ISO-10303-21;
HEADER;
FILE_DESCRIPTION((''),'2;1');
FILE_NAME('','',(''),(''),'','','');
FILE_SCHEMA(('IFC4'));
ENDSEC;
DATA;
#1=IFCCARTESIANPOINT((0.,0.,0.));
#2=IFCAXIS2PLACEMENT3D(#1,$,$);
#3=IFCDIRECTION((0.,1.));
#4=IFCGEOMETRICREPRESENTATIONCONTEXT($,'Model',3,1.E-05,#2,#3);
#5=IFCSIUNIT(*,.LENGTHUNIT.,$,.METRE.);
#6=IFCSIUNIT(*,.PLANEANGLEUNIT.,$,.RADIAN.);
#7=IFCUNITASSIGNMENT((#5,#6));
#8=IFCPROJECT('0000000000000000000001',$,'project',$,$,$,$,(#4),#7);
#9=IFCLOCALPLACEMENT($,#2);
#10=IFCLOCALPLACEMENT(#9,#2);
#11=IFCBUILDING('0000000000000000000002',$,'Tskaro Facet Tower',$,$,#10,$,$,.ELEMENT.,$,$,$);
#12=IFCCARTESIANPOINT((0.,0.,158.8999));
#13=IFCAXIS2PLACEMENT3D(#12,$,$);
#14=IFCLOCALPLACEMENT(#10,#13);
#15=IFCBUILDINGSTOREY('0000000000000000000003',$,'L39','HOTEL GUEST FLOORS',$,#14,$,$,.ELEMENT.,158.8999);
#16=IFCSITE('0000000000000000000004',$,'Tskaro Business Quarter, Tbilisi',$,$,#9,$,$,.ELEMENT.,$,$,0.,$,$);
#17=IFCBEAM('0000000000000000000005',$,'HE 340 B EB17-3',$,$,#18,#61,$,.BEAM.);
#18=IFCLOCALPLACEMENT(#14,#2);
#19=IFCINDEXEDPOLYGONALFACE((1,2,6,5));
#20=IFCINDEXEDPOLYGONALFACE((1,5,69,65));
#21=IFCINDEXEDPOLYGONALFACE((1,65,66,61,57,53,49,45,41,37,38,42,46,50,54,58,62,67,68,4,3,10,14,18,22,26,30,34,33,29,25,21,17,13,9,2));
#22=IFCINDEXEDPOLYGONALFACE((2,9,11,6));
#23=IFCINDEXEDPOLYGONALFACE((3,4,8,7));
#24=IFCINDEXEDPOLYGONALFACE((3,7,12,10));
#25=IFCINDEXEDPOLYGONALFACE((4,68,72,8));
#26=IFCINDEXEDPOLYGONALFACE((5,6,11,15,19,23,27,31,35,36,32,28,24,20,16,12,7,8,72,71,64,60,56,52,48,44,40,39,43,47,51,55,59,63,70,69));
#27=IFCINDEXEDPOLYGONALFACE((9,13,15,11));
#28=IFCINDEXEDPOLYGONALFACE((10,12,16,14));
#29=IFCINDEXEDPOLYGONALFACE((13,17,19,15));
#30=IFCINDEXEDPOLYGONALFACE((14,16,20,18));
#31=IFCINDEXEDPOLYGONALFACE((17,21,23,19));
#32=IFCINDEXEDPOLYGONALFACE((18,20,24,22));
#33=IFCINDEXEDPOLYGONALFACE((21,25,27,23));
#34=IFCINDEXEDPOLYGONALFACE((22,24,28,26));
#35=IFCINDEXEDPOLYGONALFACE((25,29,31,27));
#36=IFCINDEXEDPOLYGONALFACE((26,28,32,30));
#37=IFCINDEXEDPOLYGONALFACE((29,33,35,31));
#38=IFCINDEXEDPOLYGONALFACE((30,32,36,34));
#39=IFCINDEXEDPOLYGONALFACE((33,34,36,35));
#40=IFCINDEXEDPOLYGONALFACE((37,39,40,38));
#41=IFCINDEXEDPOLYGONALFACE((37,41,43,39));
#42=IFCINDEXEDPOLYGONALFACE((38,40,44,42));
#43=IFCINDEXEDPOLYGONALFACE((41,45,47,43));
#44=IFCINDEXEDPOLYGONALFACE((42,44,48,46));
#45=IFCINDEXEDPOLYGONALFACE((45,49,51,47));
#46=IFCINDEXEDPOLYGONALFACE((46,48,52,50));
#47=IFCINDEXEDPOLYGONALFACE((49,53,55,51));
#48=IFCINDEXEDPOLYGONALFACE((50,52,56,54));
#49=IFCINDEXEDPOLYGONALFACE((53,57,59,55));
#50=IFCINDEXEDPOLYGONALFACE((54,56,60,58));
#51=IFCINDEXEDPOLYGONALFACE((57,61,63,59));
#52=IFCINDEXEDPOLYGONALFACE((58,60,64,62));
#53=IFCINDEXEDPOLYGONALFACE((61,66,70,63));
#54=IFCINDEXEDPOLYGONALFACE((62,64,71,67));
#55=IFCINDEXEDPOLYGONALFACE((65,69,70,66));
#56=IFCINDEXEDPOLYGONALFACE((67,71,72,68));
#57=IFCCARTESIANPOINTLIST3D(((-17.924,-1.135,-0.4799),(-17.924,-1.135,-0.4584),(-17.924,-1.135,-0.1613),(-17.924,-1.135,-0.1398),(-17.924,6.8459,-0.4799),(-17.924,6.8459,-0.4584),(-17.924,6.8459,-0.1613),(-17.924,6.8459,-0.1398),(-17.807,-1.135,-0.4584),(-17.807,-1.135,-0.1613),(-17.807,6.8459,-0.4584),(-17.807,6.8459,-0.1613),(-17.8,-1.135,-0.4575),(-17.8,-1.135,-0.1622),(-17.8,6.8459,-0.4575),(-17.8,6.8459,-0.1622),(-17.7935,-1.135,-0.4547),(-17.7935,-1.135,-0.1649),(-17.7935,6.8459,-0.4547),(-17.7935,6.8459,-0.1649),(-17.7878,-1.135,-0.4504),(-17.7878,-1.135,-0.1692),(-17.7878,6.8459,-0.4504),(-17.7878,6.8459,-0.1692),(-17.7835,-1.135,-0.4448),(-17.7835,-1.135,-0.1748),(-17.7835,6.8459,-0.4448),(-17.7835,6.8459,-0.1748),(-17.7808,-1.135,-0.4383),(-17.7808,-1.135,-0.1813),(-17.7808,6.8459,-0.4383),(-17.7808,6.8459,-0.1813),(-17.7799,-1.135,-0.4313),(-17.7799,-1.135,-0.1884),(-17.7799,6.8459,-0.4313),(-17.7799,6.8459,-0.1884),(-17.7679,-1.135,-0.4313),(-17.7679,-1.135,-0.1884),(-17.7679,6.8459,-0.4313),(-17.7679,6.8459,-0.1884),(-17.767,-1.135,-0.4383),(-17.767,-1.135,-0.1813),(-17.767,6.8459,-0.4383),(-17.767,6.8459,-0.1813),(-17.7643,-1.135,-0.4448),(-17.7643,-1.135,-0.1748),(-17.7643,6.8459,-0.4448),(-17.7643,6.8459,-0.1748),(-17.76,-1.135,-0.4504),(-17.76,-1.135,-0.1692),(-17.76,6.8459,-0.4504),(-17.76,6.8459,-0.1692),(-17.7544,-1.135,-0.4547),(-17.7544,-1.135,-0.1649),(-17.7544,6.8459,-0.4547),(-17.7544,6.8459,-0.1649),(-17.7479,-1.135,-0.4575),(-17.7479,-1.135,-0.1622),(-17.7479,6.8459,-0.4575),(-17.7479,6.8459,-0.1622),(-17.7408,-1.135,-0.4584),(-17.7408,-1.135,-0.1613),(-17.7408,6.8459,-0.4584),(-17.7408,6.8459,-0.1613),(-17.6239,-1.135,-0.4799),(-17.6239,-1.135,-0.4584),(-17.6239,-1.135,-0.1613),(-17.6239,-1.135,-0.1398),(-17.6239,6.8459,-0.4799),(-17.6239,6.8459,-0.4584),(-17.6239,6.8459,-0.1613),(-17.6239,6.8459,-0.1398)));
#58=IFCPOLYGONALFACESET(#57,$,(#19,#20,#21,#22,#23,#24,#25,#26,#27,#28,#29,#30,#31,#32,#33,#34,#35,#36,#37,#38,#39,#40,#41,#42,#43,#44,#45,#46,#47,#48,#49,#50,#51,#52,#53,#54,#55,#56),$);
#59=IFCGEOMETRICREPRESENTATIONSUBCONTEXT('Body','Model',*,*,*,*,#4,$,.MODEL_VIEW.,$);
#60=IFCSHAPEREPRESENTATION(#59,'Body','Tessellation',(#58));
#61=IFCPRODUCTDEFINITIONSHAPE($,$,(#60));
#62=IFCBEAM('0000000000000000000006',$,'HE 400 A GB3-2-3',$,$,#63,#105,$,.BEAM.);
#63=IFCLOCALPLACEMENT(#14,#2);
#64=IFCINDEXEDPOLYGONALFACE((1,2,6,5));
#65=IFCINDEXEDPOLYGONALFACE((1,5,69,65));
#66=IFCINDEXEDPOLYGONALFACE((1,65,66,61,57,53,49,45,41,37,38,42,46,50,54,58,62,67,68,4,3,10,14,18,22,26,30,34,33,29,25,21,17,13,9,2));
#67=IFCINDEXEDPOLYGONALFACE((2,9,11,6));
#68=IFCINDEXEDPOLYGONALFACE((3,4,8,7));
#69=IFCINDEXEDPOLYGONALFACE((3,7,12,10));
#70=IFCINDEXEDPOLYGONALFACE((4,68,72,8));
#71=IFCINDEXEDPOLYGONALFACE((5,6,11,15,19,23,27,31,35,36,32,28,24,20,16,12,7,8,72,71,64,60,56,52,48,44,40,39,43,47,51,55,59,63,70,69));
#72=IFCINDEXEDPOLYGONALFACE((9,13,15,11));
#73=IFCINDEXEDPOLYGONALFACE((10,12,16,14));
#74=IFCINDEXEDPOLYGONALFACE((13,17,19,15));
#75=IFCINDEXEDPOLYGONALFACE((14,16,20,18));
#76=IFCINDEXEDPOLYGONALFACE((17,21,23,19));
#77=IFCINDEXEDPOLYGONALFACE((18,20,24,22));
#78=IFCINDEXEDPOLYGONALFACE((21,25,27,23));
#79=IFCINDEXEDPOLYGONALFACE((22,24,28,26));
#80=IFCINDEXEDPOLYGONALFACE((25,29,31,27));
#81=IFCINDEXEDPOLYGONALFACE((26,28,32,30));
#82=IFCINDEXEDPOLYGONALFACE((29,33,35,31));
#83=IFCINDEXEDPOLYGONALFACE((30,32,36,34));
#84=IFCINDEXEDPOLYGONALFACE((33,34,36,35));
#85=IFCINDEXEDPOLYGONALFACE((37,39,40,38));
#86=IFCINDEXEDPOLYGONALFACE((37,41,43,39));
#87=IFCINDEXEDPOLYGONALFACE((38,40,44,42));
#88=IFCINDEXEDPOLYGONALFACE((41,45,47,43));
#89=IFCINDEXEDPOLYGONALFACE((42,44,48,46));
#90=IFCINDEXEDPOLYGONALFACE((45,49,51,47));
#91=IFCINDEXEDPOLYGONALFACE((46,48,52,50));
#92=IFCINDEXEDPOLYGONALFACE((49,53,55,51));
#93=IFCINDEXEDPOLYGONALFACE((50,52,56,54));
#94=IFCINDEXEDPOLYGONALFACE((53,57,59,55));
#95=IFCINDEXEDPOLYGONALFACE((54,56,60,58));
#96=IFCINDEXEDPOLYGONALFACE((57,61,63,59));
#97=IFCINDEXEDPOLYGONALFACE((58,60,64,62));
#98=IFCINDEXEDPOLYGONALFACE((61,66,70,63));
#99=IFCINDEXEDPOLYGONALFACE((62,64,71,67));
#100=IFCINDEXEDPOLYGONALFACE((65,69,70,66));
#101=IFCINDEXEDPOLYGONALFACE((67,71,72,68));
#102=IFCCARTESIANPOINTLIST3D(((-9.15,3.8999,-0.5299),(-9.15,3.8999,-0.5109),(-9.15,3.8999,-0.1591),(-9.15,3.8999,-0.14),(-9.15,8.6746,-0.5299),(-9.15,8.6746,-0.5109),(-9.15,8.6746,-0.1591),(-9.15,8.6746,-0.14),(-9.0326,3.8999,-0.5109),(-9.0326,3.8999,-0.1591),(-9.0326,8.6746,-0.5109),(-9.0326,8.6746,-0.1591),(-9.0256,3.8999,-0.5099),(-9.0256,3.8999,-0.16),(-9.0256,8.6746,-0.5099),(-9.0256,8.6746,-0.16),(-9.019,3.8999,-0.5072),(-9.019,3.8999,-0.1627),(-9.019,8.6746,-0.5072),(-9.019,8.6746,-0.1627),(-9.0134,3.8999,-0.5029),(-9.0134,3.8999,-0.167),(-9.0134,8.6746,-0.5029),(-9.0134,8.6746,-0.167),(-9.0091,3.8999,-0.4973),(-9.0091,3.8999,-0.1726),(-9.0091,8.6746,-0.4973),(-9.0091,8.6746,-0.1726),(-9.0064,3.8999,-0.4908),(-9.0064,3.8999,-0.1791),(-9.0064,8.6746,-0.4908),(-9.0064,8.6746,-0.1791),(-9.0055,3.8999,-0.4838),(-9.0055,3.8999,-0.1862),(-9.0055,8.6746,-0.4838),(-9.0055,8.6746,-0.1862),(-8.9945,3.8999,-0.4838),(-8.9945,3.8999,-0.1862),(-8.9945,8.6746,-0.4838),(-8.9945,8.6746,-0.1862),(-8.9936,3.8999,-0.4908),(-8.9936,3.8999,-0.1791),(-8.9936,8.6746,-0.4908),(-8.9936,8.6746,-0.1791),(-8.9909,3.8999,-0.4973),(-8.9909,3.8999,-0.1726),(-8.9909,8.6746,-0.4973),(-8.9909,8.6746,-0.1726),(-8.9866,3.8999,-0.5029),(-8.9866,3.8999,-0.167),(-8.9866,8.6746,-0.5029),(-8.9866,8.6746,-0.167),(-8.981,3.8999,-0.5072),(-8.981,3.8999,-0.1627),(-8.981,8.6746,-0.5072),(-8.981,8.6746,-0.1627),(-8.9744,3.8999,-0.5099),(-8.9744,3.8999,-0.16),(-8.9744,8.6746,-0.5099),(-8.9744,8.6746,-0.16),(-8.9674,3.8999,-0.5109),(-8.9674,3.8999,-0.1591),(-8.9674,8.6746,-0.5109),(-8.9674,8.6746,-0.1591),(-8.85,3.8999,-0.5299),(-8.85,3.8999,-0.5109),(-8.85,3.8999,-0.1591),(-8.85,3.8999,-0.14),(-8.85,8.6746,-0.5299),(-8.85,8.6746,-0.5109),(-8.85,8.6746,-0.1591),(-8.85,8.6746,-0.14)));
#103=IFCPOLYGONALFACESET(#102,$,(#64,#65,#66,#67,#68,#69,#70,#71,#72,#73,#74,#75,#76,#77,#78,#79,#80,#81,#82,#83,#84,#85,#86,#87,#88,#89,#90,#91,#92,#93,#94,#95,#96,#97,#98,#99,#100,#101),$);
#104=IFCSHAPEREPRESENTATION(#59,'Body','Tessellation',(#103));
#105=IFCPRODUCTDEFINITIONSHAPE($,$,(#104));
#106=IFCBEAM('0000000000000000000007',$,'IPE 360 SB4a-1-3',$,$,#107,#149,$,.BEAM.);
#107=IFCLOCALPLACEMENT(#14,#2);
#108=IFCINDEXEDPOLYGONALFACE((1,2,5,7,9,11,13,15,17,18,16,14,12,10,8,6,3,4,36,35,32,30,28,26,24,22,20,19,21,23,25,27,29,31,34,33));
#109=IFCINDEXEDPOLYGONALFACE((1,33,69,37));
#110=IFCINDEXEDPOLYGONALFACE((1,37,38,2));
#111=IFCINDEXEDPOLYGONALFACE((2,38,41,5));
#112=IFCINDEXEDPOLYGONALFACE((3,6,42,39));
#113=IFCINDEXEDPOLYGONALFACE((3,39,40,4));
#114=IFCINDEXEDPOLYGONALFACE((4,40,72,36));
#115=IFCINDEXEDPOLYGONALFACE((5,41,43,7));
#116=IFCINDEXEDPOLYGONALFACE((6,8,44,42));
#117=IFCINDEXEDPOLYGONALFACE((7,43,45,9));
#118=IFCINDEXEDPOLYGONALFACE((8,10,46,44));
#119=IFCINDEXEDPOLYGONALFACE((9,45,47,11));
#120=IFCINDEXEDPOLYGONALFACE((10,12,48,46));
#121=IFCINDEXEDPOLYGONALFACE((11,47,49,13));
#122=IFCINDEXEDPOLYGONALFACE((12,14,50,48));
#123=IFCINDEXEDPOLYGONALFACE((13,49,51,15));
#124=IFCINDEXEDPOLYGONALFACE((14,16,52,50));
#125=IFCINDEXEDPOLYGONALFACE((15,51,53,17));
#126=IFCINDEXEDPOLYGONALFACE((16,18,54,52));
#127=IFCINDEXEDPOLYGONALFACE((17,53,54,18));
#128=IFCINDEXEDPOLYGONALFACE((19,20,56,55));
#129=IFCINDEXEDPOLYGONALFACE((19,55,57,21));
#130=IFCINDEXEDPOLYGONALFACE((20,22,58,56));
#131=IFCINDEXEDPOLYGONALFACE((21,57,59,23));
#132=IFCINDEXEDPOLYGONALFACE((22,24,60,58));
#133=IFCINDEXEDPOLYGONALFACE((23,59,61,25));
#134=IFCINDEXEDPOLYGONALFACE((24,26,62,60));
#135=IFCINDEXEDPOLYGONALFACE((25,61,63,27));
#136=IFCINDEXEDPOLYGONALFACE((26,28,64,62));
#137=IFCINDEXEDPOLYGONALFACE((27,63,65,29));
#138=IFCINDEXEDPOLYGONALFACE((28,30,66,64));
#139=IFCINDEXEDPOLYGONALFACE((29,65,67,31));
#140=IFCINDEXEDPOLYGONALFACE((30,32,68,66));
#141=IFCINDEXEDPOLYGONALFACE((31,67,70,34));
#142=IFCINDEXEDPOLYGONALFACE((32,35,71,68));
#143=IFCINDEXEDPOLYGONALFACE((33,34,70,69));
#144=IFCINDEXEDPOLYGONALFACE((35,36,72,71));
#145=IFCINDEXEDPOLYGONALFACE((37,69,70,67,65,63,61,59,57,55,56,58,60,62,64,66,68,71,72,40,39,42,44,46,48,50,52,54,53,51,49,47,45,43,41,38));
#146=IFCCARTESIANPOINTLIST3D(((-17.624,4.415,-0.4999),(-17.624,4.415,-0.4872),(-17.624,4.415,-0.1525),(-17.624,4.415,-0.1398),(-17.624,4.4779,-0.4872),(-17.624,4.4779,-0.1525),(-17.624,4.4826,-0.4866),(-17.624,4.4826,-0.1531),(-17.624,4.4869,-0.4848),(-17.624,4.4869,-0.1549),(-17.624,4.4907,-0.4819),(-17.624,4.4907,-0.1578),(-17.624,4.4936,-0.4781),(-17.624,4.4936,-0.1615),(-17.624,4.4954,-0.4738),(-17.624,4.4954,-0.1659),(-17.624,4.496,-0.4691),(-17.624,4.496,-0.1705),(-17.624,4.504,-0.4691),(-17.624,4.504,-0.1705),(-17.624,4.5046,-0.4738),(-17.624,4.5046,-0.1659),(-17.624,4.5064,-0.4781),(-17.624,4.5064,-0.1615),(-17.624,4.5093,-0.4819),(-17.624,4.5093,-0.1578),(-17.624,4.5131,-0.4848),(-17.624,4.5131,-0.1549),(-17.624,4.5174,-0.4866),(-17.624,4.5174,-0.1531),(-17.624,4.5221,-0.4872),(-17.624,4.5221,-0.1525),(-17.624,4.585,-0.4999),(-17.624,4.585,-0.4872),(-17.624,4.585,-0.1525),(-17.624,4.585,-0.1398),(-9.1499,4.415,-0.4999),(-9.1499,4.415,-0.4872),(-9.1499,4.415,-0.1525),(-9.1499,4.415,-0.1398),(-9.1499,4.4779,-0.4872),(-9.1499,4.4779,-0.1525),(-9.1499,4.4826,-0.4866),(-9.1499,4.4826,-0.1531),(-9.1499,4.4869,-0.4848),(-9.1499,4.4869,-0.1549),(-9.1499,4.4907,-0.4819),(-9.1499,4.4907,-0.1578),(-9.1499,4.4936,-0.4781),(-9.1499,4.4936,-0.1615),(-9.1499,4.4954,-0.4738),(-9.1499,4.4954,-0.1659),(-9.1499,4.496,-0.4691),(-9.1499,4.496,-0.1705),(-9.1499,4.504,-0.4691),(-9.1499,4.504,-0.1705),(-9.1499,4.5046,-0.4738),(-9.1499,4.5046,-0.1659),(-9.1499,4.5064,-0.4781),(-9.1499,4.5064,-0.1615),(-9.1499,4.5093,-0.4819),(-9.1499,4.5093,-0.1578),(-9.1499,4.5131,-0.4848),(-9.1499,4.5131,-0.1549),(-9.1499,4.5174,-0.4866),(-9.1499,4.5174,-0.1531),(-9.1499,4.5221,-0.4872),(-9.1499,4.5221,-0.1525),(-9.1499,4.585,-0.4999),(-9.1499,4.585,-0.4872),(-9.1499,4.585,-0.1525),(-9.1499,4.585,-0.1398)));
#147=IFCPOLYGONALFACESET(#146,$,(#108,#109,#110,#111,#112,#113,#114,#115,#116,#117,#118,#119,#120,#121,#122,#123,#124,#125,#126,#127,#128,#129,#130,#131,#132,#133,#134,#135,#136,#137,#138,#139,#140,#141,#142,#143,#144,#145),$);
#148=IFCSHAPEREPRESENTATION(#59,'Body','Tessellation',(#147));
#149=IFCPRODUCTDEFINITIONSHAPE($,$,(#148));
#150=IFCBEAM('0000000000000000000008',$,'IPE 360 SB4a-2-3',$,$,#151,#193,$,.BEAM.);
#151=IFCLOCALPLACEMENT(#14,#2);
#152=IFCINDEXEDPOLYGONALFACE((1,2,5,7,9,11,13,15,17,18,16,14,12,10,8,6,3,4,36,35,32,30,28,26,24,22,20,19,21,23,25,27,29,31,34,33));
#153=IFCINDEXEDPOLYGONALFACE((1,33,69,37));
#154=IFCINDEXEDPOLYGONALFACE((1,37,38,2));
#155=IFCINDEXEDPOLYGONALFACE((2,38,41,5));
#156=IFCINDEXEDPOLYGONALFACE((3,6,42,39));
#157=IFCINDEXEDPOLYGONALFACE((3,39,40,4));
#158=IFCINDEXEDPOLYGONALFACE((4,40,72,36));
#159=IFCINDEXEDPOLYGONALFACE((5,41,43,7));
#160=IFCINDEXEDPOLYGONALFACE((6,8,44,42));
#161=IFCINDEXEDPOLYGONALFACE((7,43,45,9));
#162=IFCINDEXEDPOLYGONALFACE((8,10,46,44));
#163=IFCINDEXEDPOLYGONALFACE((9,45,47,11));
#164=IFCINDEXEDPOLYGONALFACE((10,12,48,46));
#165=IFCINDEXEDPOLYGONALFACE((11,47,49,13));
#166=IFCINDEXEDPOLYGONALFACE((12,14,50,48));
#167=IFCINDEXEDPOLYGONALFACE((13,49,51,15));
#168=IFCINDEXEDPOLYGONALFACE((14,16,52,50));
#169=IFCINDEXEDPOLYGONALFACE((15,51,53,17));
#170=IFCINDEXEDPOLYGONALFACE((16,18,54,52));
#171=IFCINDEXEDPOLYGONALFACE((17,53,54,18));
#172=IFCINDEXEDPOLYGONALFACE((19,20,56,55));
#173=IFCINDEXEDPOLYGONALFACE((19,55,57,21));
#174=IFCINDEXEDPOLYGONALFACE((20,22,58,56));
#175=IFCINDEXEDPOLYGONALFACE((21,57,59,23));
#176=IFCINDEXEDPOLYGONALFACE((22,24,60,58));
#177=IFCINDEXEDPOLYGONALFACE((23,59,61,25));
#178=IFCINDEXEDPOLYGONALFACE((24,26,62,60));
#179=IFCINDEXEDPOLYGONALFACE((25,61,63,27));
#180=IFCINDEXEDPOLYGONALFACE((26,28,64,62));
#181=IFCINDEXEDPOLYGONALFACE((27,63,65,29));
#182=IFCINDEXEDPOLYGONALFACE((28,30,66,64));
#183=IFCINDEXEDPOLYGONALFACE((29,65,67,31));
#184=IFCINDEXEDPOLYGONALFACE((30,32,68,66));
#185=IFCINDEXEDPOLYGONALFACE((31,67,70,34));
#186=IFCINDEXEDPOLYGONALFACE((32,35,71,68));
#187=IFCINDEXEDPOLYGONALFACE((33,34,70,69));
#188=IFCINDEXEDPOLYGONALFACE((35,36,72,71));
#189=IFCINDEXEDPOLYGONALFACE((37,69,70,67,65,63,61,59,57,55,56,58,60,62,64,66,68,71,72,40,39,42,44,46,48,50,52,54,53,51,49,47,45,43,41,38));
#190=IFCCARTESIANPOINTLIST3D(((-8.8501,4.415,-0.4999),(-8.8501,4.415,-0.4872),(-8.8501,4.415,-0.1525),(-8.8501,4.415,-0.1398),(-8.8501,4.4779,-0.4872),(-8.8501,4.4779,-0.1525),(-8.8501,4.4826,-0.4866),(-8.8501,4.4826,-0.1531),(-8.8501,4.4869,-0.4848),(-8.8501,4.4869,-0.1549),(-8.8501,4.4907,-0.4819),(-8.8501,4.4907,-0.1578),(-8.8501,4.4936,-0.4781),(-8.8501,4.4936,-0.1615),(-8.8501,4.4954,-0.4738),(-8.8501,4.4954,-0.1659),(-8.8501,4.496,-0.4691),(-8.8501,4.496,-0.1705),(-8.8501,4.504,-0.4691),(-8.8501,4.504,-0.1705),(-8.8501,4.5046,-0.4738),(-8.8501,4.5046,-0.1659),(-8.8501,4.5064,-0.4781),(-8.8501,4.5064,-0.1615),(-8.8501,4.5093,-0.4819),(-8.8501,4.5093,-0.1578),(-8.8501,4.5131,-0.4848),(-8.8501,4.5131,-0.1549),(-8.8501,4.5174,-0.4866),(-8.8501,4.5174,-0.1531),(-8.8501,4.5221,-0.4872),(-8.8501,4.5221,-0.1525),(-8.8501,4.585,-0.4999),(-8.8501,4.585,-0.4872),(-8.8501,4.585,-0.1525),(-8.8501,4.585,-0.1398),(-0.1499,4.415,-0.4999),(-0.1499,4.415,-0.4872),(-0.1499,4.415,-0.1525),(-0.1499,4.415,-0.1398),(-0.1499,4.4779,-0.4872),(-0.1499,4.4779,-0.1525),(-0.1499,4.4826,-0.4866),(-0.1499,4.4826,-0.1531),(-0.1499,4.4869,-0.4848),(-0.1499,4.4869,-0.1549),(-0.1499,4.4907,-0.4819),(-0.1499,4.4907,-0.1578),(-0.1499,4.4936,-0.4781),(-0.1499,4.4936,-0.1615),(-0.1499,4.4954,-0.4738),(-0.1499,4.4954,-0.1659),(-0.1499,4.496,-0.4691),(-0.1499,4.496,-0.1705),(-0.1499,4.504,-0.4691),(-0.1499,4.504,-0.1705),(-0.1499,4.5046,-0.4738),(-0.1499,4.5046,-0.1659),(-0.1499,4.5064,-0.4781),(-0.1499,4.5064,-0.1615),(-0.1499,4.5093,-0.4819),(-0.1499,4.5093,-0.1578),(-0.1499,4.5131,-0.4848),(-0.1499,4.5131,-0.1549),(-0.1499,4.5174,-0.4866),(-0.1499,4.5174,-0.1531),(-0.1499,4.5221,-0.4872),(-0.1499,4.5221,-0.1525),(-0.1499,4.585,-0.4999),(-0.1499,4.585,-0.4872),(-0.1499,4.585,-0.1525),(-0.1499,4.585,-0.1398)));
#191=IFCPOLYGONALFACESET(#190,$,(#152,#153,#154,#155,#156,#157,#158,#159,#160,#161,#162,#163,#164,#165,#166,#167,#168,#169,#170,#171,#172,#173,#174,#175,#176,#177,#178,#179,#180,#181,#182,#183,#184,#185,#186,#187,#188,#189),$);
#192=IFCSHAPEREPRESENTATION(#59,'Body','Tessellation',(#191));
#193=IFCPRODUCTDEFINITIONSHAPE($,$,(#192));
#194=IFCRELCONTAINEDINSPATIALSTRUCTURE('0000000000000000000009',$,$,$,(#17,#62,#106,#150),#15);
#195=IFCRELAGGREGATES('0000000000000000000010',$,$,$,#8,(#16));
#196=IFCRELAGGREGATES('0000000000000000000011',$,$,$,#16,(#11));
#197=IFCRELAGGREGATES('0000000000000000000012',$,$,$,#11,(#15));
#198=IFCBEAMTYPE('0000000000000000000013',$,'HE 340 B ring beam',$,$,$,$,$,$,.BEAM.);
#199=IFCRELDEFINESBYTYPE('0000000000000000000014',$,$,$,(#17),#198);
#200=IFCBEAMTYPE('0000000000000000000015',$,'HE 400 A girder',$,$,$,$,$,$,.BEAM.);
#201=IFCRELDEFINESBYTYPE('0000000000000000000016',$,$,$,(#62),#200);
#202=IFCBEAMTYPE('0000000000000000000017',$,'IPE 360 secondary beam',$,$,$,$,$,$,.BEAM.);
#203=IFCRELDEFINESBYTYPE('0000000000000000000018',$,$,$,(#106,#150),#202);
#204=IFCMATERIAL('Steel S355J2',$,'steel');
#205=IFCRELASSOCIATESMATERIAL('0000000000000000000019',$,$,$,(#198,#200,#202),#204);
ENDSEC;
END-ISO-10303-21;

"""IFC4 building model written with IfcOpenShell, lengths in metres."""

from ifc_helpers import new_model, si_unit, direction, frame, origin, origin_2d, place, context, subcontext, project, spatial, i_section, extrude, material, material_profile, profile_set, type_object, element, save


model = new_model("IFC4")

# Units and contexts
model_context = context("Model", 3, precision=1e-05, world=origin(), true_north=direction((0.0, 1.0)))
body_context = subcontext(model_context, "Body", "Model", "MODEL_VIEW")
ifc_project = project(units=[si_unit("LENGTHUNIT", "METRE"), si_unit("PLANEANGLEUNIT", "RADIAN")], contexts=[model_context])

# Site, building, storey
site_placement = place(None, origin())
site = spatial("IfcSite", under=ifc_project, at=site_placement, Name="Tskaro Business Quarter, Tbilisi", CompositionType="ELEMENT", RefElevation=0.0)
building_placement = place(site_placement, origin())
building = spatial("IfcBuilding", under=site, at=building_placement, Name="Tskaro Facet Tower", CompositionType="ELEMENT")
storey_placement = place(building_placement, frame((0.0, 0.0, 158.8999)))
storey = spatial("IfcBuildingStorey", under=building, at=storey_placement, Name="L39", Description="HOTEL GUEST FLOORS", CompositionType="ELEMENT", Elevation=158.8999)

# Beams
ifc_material_1 = material(Name="Steel S355J2", Category="steel")
ifc_material_profile_1 = material_profile(ifc_material_1, i_section(OverallWidth=0.3, OverallDepth=0.3401, WebThickness=0.012, FlangeThickness=0.0215, FilletRadius=0.0271, at=origin_2d()), Name="HE 340 B")
ifc_profile_set_1 = profile_set([ifc_material_profile_1], Name="Steel S355J2")
beam_type_1 = type_object("IfcBeamType", Name="HE 340 B ring beam", PredefinedType="BEAM", material=ifc_profile_set_1)
beam_1_placement = place(storey_placement, frame((-17.7739, 6.8459, -0.3098), z_axis=(0.0, -1.0, 0.0), x_axis=(1.0, 0.0, 0.0)))
element("IfcBeam", 1, at=beam_1_placement, inside=storey, type_object=beam_type_1, Name="HE 340 B EB17-3", PredefinedType="BEAM", context=body_context, shape_type="SweptSolid", body=[
    extrude(i_section(OverallWidth=0.3, OverallDepth=0.3401, WebThickness=0.012, FlangeThickness=0.0215, FilletRadius=0.0271, at=origin_2d()), origin(), (0.0, 0.0, 1.0), 7.981),
])
ifc_material_profile_2 = material_profile(ifc_material_1, i_section(OverallWidth=0.3, OverallDepth=0.3899, WebThickness=0.011, FlangeThickness=0.019, FilletRadius=0.0271, at=origin_2d()), Name="HE 400 A")
ifc_profile_set_2 = profile_set([ifc_material_profile_2], Name="Steel S355J2")
beam_type_2 = type_object("IfcBeamType", Name="HE 400 A girder", PredefinedType="BEAM", material=ifc_profile_set_2)
beam_2_placement = place(storey_placement, frame((-9.0, 3.8999, -0.335), z_axis=(0.0, 1.0, 0.0), x_axis=(-1.0, 0.0, 0.0)))
element("IfcBeam", 2, at=beam_2_placement, inside=storey, type_object=beam_type_2, Name="HE 400 A GB3-2-3", PredefinedType="BEAM", context=body_context, shape_type="SweptSolid", body=[
    extrude(i_section(OverallWidth=0.3, OverallDepth=0.3899, WebThickness=0.011, FlangeThickness=0.019, FilletRadius=0.0271, at=origin_2d()), origin(), (0.0, 0.0, 1.0), 4.7747),
])
ifc_material_profile_3 = material_profile(ifc_material_1, i_section(OverallWidth=0.1699, OverallDepth=0.3601, WebThickness=0.0081, FlangeThickness=0.0127, FilletRadius=0.0181, at=origin_2d()), Name="IPE 360")
ifc_profile_set_3 = profile_set([ifc_material_profile_3], Name="Steel S355J2")
beam_type_3 = type_object("IfcBeamType", Name="IPE 360 secondary beam", PredefinedType="BEAM", material=ifc_profile_set_3)
beam_3_placement = place(storey_placement, frame((-17.624, 4.5, -0.3198), z_axis=(1.0, 0.0, 0.0), x_axis=(0.0, 1.0, 0.0)))
element("IfcBeam", 3, at=beam_3_placement, inside=storey, type_object=beam_type_3, Name="IPE 360 SB4a-1-3", PredefinedType="BEAM", context=body_context, shape_type="SweptSolid", body=[
    extrude(i_section(OverallWidth=0.1699, OverallDepth=0.3601, WebThickness=0.0081, FlangeThickness=0.0127, FilletRadius=0.0181, at=origin_2d()), origin(), (0.0, 0.0, 1.0), 8.4741),
])
beam_4_placement = place(storey_placement, frame((-8.8501, 4.5, -0.3198), z_axis=(1.0, 0.0, 0.0), x_axis=(0.0, 1.0, 0.0)))
element("IfcBeam", 4, at=beam_4_placement, inside=storey, type_object=beam_type_3, Name="IPE 360 SB4a-2-3", PredefinedType="BEAM", context=body_context, shape_type="SweptSolid", body=[
    extrude(i_section(OverallWidth=0.1699, OverallDepth=0.3601, WebThickness=0.0081, FlangeThickness=0.0127, FilletRadius=0.0181, at=origin_2d()), origin(), (0.0, 0.0, 1.0), 8.7002),
])

save(model, "model.ifc")
